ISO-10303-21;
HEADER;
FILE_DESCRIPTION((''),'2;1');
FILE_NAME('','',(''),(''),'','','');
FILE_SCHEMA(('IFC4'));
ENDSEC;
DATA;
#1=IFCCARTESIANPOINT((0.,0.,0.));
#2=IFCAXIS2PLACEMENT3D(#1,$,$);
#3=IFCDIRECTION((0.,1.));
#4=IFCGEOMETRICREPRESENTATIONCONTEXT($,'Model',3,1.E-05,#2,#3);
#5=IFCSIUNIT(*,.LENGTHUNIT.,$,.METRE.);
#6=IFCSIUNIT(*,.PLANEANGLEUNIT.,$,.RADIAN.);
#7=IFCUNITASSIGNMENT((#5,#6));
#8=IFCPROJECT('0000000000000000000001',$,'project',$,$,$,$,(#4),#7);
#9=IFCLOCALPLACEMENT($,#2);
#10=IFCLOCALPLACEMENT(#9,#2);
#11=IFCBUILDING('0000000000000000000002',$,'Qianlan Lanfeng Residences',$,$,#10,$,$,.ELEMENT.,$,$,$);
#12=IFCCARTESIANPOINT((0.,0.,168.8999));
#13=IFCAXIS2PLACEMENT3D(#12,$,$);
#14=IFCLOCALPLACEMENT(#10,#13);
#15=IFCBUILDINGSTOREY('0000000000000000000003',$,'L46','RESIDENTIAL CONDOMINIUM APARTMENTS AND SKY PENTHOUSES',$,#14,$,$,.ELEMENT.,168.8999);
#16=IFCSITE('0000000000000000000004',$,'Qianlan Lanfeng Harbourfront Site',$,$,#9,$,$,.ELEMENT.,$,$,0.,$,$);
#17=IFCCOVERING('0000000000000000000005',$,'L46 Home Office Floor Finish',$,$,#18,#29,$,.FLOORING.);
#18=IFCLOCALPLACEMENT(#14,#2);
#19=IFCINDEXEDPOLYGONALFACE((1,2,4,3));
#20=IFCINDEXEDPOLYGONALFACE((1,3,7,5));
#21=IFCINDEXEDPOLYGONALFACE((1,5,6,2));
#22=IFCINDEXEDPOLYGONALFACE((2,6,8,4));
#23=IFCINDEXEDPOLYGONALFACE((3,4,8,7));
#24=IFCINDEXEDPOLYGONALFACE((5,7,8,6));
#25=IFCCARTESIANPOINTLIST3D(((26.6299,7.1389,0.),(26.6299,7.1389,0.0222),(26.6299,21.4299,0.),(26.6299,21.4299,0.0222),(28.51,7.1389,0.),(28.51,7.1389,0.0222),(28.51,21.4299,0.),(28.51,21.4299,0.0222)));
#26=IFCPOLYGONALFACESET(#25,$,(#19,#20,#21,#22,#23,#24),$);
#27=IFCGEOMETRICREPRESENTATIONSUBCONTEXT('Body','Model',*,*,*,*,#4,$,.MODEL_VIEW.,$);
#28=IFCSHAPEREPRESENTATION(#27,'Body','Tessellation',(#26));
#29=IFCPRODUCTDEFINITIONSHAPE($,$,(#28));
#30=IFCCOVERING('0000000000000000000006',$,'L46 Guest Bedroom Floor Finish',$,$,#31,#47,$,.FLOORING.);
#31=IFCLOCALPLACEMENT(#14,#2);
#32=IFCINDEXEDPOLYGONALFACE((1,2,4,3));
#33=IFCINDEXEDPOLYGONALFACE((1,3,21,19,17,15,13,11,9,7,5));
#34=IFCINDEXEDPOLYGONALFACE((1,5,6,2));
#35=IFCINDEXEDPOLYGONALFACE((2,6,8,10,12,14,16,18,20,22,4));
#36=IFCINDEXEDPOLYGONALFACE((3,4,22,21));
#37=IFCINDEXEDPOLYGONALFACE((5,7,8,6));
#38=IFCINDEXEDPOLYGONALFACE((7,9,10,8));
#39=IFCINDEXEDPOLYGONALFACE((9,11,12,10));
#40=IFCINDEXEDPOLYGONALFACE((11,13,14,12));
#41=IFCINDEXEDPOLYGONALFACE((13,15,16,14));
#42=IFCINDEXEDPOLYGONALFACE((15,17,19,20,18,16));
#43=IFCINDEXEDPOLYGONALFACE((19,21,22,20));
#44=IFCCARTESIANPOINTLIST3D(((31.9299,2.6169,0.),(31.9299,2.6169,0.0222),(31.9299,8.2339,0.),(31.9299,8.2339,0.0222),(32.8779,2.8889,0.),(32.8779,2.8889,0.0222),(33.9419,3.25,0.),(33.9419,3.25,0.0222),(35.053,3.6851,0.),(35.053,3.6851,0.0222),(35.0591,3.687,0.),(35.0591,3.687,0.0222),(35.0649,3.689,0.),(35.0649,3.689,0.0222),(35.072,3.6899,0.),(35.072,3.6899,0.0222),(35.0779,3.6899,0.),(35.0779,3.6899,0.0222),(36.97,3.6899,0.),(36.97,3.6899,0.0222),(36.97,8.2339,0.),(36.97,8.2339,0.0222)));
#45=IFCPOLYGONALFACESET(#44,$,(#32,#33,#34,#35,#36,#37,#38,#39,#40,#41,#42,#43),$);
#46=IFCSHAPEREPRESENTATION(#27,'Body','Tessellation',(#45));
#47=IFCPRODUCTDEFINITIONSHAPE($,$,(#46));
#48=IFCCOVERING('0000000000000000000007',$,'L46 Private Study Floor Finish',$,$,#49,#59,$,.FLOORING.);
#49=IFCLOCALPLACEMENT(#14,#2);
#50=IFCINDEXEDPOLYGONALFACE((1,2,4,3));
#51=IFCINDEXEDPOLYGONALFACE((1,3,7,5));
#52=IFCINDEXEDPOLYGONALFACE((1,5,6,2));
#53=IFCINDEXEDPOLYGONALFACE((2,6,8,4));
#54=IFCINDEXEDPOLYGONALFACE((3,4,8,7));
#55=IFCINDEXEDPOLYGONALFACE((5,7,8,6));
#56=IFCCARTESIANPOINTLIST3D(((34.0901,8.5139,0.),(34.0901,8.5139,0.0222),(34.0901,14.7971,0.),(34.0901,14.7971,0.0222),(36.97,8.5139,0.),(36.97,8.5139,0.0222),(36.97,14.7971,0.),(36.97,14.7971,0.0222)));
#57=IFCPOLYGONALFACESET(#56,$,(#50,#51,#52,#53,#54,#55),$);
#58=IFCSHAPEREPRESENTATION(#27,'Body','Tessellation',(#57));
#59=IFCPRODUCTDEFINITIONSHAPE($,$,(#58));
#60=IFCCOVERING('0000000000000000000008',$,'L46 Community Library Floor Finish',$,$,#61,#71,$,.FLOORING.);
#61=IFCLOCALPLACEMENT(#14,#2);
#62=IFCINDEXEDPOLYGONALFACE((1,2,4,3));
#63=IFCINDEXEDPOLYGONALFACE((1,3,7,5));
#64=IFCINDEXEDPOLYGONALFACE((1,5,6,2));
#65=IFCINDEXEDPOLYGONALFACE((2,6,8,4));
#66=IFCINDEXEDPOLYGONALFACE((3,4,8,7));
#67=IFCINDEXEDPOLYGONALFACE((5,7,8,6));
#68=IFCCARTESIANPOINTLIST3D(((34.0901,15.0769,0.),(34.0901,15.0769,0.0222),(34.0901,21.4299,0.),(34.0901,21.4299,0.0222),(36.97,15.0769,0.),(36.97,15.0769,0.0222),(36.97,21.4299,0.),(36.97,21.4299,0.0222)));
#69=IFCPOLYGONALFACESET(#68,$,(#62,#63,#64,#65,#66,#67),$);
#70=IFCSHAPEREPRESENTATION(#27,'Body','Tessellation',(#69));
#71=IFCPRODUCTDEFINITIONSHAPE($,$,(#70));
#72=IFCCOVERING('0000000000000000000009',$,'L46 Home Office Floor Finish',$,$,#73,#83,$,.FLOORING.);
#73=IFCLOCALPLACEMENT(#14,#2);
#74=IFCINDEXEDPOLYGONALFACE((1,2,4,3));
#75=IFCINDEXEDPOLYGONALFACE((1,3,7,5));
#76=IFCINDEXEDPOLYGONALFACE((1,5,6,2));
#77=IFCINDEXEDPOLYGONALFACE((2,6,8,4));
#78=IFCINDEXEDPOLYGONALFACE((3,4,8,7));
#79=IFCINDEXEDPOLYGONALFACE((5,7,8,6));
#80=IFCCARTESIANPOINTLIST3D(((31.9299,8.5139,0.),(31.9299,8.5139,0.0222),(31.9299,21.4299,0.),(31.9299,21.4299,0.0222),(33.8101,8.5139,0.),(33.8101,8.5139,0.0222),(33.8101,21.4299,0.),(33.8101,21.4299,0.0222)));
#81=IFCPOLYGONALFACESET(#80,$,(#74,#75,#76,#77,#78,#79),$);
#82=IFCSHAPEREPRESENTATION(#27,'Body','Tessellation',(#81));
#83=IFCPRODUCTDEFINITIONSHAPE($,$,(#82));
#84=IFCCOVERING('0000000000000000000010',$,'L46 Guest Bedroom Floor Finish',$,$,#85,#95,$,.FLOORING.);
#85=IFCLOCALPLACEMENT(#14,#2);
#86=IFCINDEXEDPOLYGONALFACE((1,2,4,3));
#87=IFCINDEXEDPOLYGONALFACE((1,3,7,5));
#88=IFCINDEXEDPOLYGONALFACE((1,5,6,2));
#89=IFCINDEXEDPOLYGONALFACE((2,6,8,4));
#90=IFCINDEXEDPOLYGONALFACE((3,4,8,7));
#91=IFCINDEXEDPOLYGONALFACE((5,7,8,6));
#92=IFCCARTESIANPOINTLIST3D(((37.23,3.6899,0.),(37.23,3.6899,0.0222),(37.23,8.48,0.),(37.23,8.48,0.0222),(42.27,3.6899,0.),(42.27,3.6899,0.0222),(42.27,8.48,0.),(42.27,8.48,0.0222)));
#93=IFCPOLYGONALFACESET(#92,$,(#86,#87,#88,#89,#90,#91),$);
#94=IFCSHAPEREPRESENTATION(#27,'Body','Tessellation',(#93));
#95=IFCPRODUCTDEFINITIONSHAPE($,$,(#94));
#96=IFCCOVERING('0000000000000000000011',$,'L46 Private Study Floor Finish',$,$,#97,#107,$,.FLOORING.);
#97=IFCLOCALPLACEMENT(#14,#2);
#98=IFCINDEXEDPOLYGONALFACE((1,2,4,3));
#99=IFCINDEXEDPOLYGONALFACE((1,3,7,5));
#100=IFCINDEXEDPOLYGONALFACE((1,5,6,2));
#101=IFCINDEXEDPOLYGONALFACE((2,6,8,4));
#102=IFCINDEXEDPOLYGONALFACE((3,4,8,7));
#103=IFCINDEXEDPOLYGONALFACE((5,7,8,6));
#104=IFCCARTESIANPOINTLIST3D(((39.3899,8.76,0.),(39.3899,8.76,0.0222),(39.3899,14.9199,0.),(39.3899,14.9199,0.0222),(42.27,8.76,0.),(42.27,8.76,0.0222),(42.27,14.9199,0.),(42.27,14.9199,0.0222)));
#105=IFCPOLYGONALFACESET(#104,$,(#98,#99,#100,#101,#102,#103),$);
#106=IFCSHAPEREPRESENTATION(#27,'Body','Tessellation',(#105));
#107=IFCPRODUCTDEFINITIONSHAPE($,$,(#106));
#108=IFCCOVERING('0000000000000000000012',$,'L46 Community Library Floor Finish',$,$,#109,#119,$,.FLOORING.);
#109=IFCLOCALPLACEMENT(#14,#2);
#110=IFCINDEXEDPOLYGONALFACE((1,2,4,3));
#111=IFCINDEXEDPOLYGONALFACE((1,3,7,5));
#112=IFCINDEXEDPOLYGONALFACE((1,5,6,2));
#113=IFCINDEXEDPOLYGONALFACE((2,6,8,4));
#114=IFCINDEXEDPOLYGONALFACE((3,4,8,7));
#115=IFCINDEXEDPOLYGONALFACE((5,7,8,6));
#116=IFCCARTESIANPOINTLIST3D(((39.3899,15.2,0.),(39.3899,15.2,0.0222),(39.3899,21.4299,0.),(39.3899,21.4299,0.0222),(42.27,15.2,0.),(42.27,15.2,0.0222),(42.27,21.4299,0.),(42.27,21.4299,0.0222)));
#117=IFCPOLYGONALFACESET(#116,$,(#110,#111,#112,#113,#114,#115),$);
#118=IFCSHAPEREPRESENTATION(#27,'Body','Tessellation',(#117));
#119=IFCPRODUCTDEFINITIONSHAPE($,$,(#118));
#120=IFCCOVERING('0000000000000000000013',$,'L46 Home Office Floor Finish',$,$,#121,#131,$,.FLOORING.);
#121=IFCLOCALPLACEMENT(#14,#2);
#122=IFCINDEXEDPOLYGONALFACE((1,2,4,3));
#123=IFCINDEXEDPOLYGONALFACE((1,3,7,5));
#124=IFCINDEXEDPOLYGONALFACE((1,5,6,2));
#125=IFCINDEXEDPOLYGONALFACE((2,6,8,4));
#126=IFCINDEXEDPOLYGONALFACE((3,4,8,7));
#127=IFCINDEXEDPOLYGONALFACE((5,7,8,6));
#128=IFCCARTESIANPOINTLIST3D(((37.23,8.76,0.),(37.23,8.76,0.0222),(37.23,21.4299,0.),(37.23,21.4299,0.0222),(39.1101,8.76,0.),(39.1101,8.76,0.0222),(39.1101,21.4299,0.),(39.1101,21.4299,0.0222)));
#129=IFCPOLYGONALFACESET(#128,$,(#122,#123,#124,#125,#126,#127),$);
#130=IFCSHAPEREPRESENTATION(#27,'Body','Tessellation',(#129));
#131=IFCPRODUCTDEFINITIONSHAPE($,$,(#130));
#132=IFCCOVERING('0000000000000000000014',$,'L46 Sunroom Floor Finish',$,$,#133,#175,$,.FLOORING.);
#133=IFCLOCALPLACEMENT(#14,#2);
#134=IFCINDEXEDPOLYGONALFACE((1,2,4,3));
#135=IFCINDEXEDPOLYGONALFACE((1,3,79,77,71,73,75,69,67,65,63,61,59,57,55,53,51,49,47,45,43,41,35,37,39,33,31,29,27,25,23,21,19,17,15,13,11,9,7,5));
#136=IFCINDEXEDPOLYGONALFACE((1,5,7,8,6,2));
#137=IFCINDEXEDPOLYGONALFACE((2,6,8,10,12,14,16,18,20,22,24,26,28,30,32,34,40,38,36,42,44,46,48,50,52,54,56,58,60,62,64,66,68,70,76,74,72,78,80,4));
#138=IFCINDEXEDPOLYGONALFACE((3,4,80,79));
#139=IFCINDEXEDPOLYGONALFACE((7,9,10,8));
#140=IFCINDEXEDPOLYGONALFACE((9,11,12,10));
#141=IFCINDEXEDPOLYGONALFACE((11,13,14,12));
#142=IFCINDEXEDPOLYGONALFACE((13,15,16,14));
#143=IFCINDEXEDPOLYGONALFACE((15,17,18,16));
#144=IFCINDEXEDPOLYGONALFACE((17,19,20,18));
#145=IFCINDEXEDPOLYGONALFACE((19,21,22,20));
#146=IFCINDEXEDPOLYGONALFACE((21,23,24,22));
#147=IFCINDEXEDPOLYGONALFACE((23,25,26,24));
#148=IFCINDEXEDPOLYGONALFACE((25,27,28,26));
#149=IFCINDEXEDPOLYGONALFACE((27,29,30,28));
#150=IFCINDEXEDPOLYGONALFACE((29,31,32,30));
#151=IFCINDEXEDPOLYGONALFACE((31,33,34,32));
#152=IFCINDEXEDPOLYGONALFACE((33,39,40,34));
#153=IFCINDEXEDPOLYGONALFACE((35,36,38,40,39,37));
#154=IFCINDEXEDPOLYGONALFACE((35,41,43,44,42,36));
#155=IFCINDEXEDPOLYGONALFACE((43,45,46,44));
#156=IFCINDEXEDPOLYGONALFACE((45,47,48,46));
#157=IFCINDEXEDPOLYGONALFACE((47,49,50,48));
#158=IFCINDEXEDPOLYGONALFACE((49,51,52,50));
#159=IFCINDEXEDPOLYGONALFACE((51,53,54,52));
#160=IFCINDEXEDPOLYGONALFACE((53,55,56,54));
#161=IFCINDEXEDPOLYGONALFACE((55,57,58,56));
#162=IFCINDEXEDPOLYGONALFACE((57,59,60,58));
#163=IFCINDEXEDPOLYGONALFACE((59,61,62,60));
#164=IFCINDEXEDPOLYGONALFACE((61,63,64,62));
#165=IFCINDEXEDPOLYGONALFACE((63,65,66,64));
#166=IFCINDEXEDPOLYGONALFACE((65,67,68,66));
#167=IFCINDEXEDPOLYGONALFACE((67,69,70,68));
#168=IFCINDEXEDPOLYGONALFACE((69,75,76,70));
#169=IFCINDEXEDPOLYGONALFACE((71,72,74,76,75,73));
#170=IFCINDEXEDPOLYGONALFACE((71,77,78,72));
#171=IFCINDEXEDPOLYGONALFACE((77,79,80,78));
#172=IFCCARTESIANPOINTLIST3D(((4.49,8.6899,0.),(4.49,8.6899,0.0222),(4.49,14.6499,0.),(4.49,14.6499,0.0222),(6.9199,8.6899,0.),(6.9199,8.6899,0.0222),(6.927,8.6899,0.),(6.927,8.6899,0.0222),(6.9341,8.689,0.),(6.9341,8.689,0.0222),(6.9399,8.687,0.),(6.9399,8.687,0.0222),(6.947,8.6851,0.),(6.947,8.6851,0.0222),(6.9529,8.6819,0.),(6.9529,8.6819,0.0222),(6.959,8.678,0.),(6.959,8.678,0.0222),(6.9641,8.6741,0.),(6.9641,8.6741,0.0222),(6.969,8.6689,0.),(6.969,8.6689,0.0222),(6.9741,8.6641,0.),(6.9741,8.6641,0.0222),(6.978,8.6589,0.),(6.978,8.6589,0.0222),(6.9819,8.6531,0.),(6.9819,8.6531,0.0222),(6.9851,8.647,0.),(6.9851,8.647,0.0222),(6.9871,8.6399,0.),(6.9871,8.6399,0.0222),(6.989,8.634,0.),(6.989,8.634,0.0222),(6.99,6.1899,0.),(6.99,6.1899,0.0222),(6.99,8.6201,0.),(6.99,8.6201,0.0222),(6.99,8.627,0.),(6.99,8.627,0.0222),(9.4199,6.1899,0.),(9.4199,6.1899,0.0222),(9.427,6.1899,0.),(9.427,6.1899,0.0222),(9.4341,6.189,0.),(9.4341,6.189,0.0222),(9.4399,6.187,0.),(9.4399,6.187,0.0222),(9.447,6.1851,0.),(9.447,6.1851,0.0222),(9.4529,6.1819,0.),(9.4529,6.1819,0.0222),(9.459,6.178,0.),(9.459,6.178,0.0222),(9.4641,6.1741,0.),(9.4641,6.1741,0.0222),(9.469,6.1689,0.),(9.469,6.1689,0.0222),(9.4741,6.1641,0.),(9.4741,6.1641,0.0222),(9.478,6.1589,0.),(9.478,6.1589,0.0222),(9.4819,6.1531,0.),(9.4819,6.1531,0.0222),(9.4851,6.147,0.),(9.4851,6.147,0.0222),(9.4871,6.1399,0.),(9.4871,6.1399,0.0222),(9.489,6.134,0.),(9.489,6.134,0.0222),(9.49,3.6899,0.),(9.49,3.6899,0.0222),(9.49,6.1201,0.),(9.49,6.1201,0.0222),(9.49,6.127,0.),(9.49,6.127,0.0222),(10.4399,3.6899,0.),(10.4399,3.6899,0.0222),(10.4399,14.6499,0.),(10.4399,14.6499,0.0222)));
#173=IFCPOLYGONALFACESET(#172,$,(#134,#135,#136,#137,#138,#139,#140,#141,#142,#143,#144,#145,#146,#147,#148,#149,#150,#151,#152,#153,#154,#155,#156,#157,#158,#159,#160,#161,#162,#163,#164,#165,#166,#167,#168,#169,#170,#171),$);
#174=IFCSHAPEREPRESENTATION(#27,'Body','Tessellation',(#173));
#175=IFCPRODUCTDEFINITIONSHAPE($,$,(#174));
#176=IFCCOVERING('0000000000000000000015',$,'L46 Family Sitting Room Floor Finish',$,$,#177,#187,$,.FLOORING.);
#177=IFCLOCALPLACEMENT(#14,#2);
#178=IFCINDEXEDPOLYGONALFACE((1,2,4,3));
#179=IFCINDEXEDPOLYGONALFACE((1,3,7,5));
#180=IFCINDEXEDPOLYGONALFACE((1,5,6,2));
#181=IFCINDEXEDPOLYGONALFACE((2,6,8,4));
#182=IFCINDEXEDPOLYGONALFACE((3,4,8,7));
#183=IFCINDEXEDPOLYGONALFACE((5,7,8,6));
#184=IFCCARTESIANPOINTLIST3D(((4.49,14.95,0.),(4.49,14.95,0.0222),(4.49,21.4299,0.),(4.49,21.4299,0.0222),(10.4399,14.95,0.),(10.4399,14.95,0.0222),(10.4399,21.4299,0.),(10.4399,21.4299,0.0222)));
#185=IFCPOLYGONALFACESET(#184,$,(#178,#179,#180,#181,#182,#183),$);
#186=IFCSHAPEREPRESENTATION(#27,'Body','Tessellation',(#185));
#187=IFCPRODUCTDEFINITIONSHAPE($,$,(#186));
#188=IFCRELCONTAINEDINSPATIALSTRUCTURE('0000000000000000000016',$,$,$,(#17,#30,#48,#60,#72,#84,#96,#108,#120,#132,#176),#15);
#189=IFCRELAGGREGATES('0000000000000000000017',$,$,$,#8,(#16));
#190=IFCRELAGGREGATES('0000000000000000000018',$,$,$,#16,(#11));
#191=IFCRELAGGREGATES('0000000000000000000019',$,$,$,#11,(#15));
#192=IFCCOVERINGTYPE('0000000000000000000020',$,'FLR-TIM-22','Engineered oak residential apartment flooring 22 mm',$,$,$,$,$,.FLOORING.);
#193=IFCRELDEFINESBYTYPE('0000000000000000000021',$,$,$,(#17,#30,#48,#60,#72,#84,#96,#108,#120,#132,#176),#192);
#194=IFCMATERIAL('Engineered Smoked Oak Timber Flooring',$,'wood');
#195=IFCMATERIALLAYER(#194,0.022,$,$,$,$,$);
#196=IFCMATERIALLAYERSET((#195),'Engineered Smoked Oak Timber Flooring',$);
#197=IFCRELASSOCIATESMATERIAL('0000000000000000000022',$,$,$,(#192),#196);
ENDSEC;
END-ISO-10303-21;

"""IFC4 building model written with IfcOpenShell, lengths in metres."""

from ifc_helpers import new_model, si_unit, direction, frame, origin, place, context, subcontext, project, spatial, polyline, outline, extrude, material, layer, layer_set, type_object, element, save


model = new_model("IFC4")

# Units and contexts
model_context = context("Model", 3, precision=1e-05, world=origin(), true_north=direction((0.0, 1.0)))
body_context = subcontext(model_context, "Body", "Model", "MODEL_VIEW")
ifc_project = project(units=[si_unit("LENGTHUNIT", "METRE"), si_unit("PLANEANGLEUNIT", "RADIAN")], contexts=[model_context])

# Site, building, storey
site_placement = place(None, origin())
site = spatial("IfcSite", under=ifc_project, at=site_placement, Name="Qianlan Lanfeng Harbourfront Site", CompositionType="ELEMENT", RefElevation=0.0)
building_placement = place(site_placement, origin())
building = spatial("IfcBuilding", under=site, at=building_placement, Name="Qianlan Lanfeng Residences", CompositionType="ELEMENT")
storey_placement = place(building_placement, frame((0.0, 0.0, 168.8999)))
storey = spatial("IfcBuildingStorey", under=building, at=storey_placement, Name="L46", Description="RESIDENTIAL CONDOMINIUM APARTMENTS AND SKY PENTHOUSES", CompositionType="ELEMENT", Elevation=168.8999)

# Coverings
ifc_material_1 = material(Name="Engineered Smoked Oak Timber Flooring", Category="wood")
ifc_layer_1 = layer(ifc_material_1, 0.022)
ifc_layer_set_1 = layer_set([ifc_layer_1], Name="Engineered Smoked Oak Timber Flooring")
covering_type_1 = type_object("IfcCoveringType", Name="FLR-TIM-22", Description="Engineered oak residential apartment flooring 22 mm", PredefinedType="FLOORING", material=ifc_layer_set_1)
covering_1_placement = place(storey_placement, origin())
element("IfcCovering", 1, at=covering_1_placement, inside=storey, type_object=covering_type_1, Name="L46 Home Office Floor Finish", PredefinedType="FLOORING", context=body_context, shape_type="SweptSolid", body=[
    extrude(outline(polyline([(26.6299, 7.1389), (28.51, 7.1389), (28.51, 21.4299), (26.6299, 21.4299), (26.6299, 7.1389)])), origin(), (0.0, 0.0, 1.0), 0.0222),
])
covering_2_placement = place(storey_placement, origin())
element("IfcCovering", 2, at=covering_2_placement, inside=storey, type_object=covering_type_1, Name="L46 Guest Bedroom Floor Finish", PredefinedType="FLOORING", context=body_context, shape_type="SweptSolid", body=[
    extrude(outline(polyline([(31.9299, 8.2339), (31.9299, 2.6169), (32.8779, 2.8889), (33.9419, 3.25), (35.053, 3.6851), (35.0591, 3.687), (35.0649, 3.689), (35.072, 3.6899), (35.0779, 3.6899), (36.97, 3.6899), (36.97, 8.2339), (31.9299, 8.2339)])), origin(), (0.0, 0.0, 1.0), 0.0222),
])
covering_3_placement = place(storey_placement, origin())
element("IfcCovering", 3, at=covering_3_placement, inside=storey, type_object=covering_type_1, Name="L46 Private Study Floor Finish", PredefinedType="FLOORING", context=body_context, shape_type="SweptSolid", body=[
    extrude(outline(polyline([(34.0901, 8.5139), (36.97, 8.5139), (36.97, 14.7971), (34.0901, 14.7971), (34.0901, 8.5139)])), origin(), (0.0, 0.0, 1.0), 0.0222),
])
covering_4_placement = place(storey_placement, origin())
element("IfcCovering", 4, at=covering_4_placement, inside=storey, type_object=covering_type_1, Name="L46 Community Library Floor Finish", PredefinedType="FLOORING", context=body_context, shape_type="SweptSolid", body=[
    extrude(outline(polyline([(34.0901, 15.0769), (36.97, 15.0769), (36.97, 21.4299), (34.0901, 21.4299), (34.0901, 15.0769)])), origin(), (0.0, 0.0, 1.0), 0.0222),
])
covering_5_placement = place(storey_placement, origin())
element("IfcCovering", 5, at=covering_5_placement, inside=storey, type_object=covering_type_1, Name="L46 Home Office Floor Finish", PredefinedType="FLOORING", context=body_context, shape_type="SweptSolid", body=[
    extrude(outline(polyline([(31.9299, 8.5139), (33.8101, 8.5139), (33.8101, 21.4299), (31.9299, 21.4299), (31.9299, 8.5139)])), origin(), (0.0, 0.0, 1.0), 0.0222),
])
covering_6_placement = place(storey_placement, origin())
element("IfcCovering", 6, at=covering_6_placement, inside=storey, type_object=covering_type_1, Name="L46 Guest Bedroom Floor Finish", PredefinedType="FLOORING", context=body_context, shape_type="SweptSolid", body=[
    extrude(outline(polyline([(37.23, 8.48), (37.23, 3.6899), (42.27, 3.6899), (42.27, 8.48), (37.23, 8.48)])), origin(), (0.0, 0.0, 1.0), 0.0222),
])
covering_7_placement = place(storey_placement, origin())
element("IfcCovering", 7, at=covering_7_placement, inside=storey, type_object=covering_type_1, Name="L46 Private Study Floor Finish", PredefinedType="FLOORING", context=body_context, shape_type="SweptSolid", body=[
    extrude(outline(polyline([(39.3899, 8.76), (42.27, 8.76), (42.27, 14.9199), (39.3899, 14.9199), (39.3899, 8.76)])), origin(), (0.0, 0.0, 1.0), 0.0222),
])
covering_8_placement = place(storey_placement, origin())
element("IfcCovering", 8, at=covering_8_placement, inside=storey, type_object=covering_type_1, Name="L46 Community Library Floor Finish", PredefinedType="FLOORING", context=body_context, shape_type="SweptSolid", body=[
    extrude(outline(polyline([(39.3899, 15.2), (42.27, 15.2), (42.27, 21.4299), (39.3899, 21.4299), (39.3899, 15.2)])), origin(), (0.0, 0.0, 1.0), 0.0222),
])
covering_9_placement = place(storey_placement, origin())
element("IfcCovering", 9, at=covering_9_placement, inside=storey, type_object=covering_type_1, Name="L46 Home Office Floor Finish", PredefinedType="FLOORING", context=body_context, shape_type="SweptSolid", body=[
    extrude(outline(polyline([(37.23, 8.76), (39.1101, 8.76), (39.1101, 21.4299), (37.23, 21.4299), (37.23, 8.76)])), origin(), (0.0, 0.0, 1.0), 0.0222),
])
covering_10_placement = place(storey_placement, origin())
element("IfcCovering", 10, at=covering_10_placement, inside=storey, type_object=covering_type_1, Name="L46 Sunroom Floor Finish", PredefinedType="FLOORING", context=body_context, shape_type="SweptSolid", body=[
    extrude(outline(polyline([(10.4399, 14.6499), (4.49, 14.6499), (4.49, 8.6899), (6.9199, 8.6899), (6.927, 8.6899), (6.9341, 8.689), (6.9399, 8.687), (6.947, 8.6851), (6.9529, 8.6819), (6.959, 8.678), (6.9641, 8.6741), (6.969, 8.6689), (6.9741, 8.6641), (6.978, 8.6589), (6.9819, 8.6531), (6.9851, 8.647), (6.9871, 8.6399), (6.989, 8.634), (6.99, 8.627), (6.99, 8.6201), (6.99, 6.1899), (9.4199, 6.1899), (9.427, 6.1899), (9.4341, 6.189), (9.4399, 6.187), (9.447, 6.1851), (9.4529, 6.1819), (9.459, 6.178), (9.4641, 6.1741), (9.469, 6.1689), (9.4741, 6.1641), (9.478, 6.1589), (9.4819, 6.1531), (9.4851, 6.147), (9.4871, 6.1399), (9.489, 6.134), (9.49, 6.127), (9.49, 6.1201), (9.49, 3.6899), (10.4399, 3.6899), (10.4399, 14.6499)])), origin(), (0.0, 0.0, 1.0), 0.0222),
])
covering_11_placement = place(storey_placement, origin())
element("IfcCovering", 11, at=covering_11_placement, inside=storey, type_object=covering_type_1, Name="L46 Family Sitting Room Floor Finish", PredefinedType="FLOORING", context=body_context, shape_type="SweptSolid", body=[
    extrude(outline(polyline([(10.4399, 21.4299), (4.49, 21.4299), (4.49, 14.95), (10.4399, 14.95), (10.4399, 21.4299)])), origin(), (0.0, 0.0, 1.0), 0.0222),
])

save(model, "model.ifc")
